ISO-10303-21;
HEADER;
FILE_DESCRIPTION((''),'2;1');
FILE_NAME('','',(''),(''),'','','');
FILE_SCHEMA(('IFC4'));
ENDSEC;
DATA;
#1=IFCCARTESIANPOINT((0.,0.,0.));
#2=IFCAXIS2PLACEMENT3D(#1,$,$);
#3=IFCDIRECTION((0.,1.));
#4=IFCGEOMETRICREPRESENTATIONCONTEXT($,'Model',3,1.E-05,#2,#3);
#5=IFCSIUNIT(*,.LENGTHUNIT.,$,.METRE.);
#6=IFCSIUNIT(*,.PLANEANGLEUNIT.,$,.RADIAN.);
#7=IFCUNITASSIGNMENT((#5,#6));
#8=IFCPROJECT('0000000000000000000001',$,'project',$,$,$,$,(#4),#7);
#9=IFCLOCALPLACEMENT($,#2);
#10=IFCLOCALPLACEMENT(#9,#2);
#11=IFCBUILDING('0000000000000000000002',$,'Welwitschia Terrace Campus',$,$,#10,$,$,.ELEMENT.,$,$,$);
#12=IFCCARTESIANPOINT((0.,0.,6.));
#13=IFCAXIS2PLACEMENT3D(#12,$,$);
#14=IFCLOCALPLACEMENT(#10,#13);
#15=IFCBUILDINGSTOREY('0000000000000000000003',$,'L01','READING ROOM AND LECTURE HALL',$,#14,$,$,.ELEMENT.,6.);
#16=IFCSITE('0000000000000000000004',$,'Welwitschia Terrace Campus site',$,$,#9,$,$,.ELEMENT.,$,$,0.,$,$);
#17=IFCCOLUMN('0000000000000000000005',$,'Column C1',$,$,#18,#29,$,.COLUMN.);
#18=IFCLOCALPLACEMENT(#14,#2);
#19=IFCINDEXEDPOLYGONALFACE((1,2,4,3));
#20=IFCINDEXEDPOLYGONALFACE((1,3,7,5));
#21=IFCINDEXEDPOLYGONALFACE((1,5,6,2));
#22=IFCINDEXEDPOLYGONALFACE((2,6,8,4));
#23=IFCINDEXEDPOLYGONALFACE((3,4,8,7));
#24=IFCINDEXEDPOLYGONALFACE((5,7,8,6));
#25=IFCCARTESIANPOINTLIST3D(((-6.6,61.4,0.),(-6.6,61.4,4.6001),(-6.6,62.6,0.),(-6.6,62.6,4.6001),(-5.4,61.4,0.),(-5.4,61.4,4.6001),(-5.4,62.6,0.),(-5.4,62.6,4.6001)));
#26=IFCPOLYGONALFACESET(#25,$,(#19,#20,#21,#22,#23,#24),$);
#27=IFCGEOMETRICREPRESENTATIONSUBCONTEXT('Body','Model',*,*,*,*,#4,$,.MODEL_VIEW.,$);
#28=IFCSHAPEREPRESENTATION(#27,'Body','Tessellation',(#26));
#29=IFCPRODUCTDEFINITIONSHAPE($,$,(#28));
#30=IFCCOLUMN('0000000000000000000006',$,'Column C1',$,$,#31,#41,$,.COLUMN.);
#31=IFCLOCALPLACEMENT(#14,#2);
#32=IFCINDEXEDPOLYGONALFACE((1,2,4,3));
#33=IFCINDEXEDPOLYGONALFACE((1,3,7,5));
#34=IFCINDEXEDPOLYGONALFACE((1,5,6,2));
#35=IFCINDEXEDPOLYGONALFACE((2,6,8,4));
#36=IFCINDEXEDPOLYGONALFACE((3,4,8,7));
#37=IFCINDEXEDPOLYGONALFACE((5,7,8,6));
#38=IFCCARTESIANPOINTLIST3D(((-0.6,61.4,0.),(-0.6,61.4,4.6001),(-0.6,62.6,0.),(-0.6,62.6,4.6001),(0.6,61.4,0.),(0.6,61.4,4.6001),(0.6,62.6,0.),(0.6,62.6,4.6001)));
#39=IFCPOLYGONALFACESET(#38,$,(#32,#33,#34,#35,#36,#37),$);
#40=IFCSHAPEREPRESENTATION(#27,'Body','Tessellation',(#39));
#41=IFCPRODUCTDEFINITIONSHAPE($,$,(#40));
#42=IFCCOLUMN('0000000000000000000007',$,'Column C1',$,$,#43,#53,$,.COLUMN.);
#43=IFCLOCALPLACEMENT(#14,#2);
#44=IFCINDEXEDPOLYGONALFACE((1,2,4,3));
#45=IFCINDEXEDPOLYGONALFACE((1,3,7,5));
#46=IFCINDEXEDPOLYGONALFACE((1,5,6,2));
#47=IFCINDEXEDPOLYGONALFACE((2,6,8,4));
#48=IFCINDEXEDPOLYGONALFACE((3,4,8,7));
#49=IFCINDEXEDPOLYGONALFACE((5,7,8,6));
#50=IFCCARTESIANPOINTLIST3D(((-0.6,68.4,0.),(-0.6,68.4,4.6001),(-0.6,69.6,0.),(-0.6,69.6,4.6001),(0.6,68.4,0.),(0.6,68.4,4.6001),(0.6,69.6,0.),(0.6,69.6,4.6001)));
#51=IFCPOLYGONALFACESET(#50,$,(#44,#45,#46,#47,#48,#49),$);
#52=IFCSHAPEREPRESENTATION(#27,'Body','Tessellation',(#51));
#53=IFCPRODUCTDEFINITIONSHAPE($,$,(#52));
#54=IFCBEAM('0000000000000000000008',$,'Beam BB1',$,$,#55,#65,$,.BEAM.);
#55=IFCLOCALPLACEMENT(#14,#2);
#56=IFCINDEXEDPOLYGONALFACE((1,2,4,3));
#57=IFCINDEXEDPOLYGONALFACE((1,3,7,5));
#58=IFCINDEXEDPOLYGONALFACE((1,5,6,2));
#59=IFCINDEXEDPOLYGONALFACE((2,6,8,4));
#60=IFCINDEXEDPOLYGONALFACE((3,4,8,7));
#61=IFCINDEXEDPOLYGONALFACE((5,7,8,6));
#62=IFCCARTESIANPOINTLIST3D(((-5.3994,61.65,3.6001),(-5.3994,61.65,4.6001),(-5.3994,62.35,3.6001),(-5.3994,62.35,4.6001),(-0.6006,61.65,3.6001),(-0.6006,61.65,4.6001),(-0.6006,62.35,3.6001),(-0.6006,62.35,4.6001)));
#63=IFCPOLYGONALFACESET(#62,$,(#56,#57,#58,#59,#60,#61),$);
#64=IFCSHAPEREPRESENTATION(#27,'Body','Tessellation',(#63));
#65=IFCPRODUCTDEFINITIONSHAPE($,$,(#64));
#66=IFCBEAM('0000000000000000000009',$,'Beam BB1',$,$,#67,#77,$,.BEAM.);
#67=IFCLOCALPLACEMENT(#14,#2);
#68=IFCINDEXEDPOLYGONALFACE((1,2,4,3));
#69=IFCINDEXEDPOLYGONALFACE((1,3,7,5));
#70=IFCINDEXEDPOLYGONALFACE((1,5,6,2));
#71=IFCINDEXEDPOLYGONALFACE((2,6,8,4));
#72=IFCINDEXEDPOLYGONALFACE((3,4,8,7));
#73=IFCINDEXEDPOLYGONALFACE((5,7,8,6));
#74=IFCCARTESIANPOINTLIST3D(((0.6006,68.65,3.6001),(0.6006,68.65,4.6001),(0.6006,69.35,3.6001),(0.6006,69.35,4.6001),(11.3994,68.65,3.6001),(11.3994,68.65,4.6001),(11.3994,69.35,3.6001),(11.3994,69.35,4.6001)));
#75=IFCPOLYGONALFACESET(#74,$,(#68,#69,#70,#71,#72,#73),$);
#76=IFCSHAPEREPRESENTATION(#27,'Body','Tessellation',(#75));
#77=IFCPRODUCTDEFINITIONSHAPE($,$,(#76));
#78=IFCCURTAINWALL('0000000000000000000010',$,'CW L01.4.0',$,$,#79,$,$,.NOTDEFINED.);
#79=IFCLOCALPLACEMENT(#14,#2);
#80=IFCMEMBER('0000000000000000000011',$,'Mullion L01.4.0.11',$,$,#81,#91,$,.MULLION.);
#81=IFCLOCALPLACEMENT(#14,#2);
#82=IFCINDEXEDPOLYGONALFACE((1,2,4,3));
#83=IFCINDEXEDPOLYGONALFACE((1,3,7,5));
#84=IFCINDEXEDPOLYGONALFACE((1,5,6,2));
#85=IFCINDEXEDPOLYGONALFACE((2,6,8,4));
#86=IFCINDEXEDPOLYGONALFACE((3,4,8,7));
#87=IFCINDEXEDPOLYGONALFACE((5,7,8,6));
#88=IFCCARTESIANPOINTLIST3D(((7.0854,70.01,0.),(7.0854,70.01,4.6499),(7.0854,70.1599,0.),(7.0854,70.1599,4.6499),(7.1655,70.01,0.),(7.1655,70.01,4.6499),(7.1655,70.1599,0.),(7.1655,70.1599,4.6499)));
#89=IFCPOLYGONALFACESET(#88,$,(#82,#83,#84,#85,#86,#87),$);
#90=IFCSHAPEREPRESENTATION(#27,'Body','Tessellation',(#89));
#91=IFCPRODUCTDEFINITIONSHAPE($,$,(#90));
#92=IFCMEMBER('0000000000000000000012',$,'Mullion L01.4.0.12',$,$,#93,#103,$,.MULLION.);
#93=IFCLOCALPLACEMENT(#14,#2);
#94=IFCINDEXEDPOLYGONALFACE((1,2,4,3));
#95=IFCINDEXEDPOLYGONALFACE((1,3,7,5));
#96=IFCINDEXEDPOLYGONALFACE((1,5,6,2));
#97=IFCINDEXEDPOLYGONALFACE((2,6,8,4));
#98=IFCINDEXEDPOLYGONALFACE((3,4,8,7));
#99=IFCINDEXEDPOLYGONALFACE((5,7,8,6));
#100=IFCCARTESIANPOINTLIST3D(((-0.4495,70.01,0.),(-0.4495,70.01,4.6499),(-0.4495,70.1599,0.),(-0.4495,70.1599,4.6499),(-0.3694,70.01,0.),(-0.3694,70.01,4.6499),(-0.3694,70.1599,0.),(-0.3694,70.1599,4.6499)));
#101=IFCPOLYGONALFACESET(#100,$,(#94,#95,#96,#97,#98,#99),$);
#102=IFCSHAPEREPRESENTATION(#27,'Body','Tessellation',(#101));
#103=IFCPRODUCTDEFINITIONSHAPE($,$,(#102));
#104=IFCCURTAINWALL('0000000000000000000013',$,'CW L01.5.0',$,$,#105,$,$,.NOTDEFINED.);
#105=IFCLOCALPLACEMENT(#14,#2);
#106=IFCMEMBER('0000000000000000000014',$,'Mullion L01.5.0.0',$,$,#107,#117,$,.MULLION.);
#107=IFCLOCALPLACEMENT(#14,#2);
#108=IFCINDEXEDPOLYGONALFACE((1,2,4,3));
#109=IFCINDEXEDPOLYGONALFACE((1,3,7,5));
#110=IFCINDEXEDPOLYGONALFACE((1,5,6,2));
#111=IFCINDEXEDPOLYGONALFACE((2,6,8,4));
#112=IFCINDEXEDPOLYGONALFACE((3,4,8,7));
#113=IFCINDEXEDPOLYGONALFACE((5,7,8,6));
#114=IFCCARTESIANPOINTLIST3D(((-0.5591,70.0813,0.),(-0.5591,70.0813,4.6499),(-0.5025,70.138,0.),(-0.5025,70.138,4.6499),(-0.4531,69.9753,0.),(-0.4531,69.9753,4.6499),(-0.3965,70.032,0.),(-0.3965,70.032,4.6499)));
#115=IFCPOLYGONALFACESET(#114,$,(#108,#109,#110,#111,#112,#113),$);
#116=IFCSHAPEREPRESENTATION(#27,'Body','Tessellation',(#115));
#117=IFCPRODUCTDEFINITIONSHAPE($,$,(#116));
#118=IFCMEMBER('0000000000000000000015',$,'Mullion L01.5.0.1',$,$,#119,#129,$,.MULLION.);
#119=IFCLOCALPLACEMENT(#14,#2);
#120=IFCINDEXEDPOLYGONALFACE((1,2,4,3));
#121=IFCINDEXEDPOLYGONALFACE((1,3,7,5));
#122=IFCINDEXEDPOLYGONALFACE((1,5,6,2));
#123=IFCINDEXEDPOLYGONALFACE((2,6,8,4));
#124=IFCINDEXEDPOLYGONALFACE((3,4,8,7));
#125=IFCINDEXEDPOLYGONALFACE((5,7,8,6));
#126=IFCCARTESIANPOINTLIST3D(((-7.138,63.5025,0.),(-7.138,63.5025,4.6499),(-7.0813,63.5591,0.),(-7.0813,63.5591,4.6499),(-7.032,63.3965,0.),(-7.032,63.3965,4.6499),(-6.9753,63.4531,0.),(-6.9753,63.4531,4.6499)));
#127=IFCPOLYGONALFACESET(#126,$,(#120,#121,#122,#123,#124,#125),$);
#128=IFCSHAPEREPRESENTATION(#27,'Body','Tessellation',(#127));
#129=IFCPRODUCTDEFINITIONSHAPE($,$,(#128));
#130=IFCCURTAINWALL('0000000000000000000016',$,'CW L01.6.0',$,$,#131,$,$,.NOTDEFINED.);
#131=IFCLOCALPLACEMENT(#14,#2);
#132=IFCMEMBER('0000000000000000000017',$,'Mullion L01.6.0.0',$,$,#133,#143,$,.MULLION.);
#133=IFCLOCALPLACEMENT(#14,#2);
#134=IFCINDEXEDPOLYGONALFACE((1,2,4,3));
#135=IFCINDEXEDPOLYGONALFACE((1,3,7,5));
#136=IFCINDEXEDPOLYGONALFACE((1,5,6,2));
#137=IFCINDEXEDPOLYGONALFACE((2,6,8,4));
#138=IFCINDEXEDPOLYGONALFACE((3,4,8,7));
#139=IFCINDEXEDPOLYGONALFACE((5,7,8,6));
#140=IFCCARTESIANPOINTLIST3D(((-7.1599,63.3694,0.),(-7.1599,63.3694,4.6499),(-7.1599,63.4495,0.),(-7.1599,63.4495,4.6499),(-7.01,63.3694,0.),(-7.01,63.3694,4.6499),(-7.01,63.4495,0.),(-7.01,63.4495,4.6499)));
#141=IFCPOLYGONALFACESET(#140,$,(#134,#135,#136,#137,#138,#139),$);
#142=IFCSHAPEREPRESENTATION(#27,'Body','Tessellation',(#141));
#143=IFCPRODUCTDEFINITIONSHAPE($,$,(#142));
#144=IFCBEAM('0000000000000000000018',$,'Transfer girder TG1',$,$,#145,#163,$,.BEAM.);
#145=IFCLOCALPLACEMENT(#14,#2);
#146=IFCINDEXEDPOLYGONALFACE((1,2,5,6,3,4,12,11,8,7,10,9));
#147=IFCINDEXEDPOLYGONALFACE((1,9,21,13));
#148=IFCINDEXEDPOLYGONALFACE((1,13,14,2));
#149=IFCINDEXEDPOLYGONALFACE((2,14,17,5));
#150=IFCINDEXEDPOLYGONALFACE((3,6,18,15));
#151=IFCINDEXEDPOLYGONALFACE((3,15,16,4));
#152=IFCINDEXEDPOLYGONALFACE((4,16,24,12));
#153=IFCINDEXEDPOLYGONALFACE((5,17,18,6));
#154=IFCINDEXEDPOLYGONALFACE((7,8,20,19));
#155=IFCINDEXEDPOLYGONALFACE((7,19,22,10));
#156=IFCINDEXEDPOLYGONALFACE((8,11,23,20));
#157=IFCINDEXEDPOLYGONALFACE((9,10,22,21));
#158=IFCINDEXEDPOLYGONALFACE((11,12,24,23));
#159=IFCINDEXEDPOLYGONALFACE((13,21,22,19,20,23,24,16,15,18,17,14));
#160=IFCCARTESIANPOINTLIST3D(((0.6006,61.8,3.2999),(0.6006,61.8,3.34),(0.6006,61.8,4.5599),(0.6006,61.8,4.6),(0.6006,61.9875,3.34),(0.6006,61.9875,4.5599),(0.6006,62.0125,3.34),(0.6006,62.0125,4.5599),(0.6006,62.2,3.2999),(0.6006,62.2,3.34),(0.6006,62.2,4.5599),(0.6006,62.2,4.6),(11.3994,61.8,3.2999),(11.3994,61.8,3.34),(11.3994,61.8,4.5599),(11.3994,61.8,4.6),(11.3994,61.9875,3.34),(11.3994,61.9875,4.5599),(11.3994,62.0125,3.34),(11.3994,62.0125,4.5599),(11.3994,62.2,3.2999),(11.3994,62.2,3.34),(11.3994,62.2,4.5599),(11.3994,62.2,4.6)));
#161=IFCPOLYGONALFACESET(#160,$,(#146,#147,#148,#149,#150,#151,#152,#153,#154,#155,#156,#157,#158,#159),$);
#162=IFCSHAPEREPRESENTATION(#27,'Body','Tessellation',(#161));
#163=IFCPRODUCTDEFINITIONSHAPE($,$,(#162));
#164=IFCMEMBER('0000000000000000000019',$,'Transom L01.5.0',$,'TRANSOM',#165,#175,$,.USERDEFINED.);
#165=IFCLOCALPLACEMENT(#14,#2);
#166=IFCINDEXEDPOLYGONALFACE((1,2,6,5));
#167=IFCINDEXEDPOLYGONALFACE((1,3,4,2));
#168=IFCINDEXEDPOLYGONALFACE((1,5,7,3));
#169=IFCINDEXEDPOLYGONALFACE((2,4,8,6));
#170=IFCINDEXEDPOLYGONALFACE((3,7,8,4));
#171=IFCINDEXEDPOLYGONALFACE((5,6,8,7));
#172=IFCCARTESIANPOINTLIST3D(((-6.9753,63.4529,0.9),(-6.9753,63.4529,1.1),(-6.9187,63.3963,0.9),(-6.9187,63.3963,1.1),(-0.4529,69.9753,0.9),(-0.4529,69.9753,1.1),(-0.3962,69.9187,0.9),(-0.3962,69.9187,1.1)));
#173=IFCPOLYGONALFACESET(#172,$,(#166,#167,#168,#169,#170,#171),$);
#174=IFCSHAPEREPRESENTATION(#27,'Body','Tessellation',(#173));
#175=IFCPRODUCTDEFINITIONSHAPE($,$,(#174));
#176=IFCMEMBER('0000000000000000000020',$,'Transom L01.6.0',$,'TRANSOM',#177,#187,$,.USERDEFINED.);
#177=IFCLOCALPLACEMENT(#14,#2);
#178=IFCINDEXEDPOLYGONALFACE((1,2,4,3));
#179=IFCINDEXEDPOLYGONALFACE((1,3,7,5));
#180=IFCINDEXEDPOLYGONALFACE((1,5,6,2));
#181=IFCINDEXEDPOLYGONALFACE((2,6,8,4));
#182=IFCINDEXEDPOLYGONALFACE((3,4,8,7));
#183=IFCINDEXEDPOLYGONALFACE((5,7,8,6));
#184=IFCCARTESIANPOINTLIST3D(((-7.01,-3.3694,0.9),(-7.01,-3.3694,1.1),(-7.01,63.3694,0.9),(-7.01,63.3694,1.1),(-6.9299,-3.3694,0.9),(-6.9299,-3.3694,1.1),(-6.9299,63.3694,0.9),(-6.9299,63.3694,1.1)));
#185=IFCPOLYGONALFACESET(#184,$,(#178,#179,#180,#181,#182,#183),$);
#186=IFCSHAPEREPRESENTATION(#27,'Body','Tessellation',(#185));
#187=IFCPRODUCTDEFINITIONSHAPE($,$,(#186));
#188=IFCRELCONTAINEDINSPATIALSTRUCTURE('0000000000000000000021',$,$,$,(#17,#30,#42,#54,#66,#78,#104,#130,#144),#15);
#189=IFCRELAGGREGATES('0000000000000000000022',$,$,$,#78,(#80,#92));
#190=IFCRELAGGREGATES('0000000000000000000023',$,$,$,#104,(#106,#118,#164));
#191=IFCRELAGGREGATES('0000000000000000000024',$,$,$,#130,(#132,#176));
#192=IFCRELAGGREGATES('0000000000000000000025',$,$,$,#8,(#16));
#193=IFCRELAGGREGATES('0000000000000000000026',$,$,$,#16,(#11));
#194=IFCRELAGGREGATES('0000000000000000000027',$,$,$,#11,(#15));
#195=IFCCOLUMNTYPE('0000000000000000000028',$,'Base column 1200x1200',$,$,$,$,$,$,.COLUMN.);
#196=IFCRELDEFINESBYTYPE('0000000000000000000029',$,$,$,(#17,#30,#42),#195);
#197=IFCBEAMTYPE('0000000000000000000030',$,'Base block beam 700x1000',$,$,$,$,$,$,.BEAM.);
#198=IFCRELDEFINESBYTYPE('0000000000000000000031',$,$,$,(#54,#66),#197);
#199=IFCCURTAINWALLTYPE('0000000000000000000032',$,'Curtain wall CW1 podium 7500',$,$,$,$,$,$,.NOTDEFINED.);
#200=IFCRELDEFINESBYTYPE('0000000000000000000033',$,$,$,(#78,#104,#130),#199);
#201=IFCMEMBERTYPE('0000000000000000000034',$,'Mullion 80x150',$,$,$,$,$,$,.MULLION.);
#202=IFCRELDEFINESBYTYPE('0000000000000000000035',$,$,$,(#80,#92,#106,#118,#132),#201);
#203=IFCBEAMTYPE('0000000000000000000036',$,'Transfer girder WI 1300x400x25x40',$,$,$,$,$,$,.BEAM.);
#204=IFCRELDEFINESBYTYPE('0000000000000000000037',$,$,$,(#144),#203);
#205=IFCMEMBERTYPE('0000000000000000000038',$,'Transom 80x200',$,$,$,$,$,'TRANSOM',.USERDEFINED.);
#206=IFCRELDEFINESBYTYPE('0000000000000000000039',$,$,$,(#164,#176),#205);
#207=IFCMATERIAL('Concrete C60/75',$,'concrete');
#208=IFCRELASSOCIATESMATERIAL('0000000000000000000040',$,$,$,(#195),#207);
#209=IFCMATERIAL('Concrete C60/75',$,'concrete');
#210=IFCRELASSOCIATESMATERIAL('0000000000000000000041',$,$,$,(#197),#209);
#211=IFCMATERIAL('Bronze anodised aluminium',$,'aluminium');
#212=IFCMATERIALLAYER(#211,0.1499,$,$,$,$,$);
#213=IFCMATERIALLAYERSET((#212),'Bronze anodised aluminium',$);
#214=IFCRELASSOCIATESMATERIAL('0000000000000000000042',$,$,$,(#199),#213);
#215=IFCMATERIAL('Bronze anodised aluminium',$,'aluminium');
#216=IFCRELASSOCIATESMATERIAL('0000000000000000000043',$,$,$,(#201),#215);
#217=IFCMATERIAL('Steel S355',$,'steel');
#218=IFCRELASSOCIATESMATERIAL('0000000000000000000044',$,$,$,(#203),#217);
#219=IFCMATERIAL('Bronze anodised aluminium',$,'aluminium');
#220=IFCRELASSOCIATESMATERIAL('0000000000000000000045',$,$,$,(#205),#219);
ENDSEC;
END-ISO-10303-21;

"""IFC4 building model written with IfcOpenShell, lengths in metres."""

from ifc_helpers import new_model, si_unit, direction, frame, origin, origin_2d, place, context, subcontext, project, spatial, rectangle, i_section, extrude, material, layer, layer_set, material_profile, profile_set, type_object, element, aggregate, save


model = new_model("IFC4")

# Units and contexts
model_context = context("Model", 3, precision=1e-05, world=origin(), true_north=direction((0.0, 1.0)))
body_context = subcontext(model_context, "Body", "Model", "MODEL_VIEW")
ifc_project = project(units=[si_unit("LENGTHUNIT", "METRE"), si_unit("PLANEANGLEUNIT", "RADIAN")], contexts=[model_context])

# Site, building, storey
site_placement = place(None, origin())
site = spatial("IfcSite", under=ifc_project, at=site_placement, Name="Welwitschia Terrace Campus site", CompositionType="ELEMENT", RefElevation=0.0)
building_placement = place(site_placement, origin())
building = spatial("IfcBuilding", under=site, at=building_placement, Name="Welwitschia Terrace Campus", CompositionType="ELEMENT")
storey_placement = place(building_placement, frame((0.0, 0.0, 6.0)))
storey = spatial("IfcBuildingStorey", under=building, at=storey_placement, Name="L01", Description="READING ROOM AND LECTURE HALL", CompositionType="ELEMENT", Elevation=6.0)

# Columns
ifc_material_1 = material(Name="Concrete C60/75", Category="concrete")
ifc_material_profile_1 = material_profile(ifc_material_1, rectangle(XDim=1.2, YDim=1.2, at=origin_2d()))
ifc_profile_set_1 = profile_set([ifc_material_profile_1], Name="Concrete C60/75")
column_type = type_object("IfcColumnType", Name="Base column 1200x1200", PredefinedType="COLUMN", material=ifc_profile_set_1)
for number, where, z_axis, x_axis, name in (
    (1, (-6.0, 62.0, 0.0), (0.0, 0.0, 1.0), (1.0, 0.0, 0.0), "Column C1"),
    (2, (0.0, 62.0, 0.0), (0.0, 0.0, 1.0), (1.0, 0.0, 0.0), "Column C1"),
    (3, (0.0, 69.0, 0.0), (0.0, 0.0, 1.0), (1.0, 0.0, 0.0), "Column C1"),
):
    element("IfcColumn", number, at=place(storey_placement, frame(where, z_axis=z_axis, x_axis=x_axis)), inside=storey, type_object=column_type, Name=name, PredefinedType="COLUMN", context=body_context, shape_type="SweptSolid", body=[
        extrude(rectangle(XDim=1.2, YDim=1.2, at=origin_2d()), origin(), (0.0, 0.0, 1.0), 4.6001),
    ])

# Beams
ifc_material_2 = material(Name="Concrete C60/75", Category="concrete")
ifc_material_profile_2 = material_profile(ifc_material_2, rectangle(XDim=0.7, YDim=1.0, at=origin_2d()))
ifc_profile_set_2 = profile_set([ifc_material_profile_2], Name="Concrete C60/75")
beam_type_1 = type_object("IfcBeamType", Name="Base block beam 700x1000", PredefinedType="BEAM", material=ifc_profile_set_2)
beam_1_placement = place(storey_placement, frame((-5.3994, 62.0, 4.1001), z_axis=(1.0, 0.0, 0.0), x_axis=(0.0, 1.0, 0.0)))
element("IfcBeam", 4, at=beam_1_placement, inside=storey, type_object=beam_type_1, Name="Beam BB1", PredefinedType="BEAM", context=body_context, shape_type="SweptSolid", body=[
    extrude(rectangle(XDim=0.7, YDim=1.0, at=origin_2d()), origin(), (0.0, 0.0, 1.0), 4.7988),
])
beam_2_placement = place(storey_placement, frame((0.6006, 69.0, 4.1001), z_axis=(1.0, 0.0, 0.0), x_axis=(0.0, 1.0, 0.0)))
element("IfcBeam", 5, at=beam_2_placement, inside=storey, type_object=beam_type_1, Name="Beam BB1", PredefinedType="BEAM", context=body_context, shape_type="SweptSolid", body=[
    extrude(rectangle(XDim=0.7, YDim=1.0, at=origin_2d()), origin(), (0.0, 0.0, 1.0), 10.7988),
])

# Curtain walls, members
ifc_material_3 = material(Name="Bronze anodised aluminium", Category="aluminium")
ifc_layer_1 = layer(ifc_material_3, 0.1499)
ifc_layer_set_1 = layer_set([ifc_layer_1], Name="Bronze anodised aluminium")
curtain_wall_type = type_object("IfcCurtainWallType", Name="Curtain wall CW1 podium 7500", PredefinedType="NOTDEFINED", material=ifc_layer_set_1)
curtain_wall_1_placement = place(storey_placement, origin())
curtain_wall_1 = element("IfcCurtainWall", 6, at=curtain_wall_1_placement, inside=storey, type_object=curtain_wall_type, Name="CW L01.4.0", PredefinedType="NOTDEFINED")
ifc_material_4 = material(Name="Bronze anodised aluminium", Category="aluminium")
ifc_material_profile_3 = material_profile(ifc_material_4, rectangle(XDim=0.1499, YDim=0.0801, at=origin_2d()))
ifc_profile_set_3 = profile_set([ifc_material_profile_3], Name="Bronze anodised aluminium")
member_type_1 = type_object("IfcMemberType", Name="Mullion 80x150", PredefinedType="MULLION", material=ifc_profile_set_3)
member_1_placement = place(storey_placement, frame((7.1255, 70.085, 0.0), z_axis=(0.0, 0.0, 1.0), x_axis=(0.0, -1.0, 0.0)))
member_1 = element("IfcMember", 7, at=member_1_placement, type_object=member_type_1, Name="Mullion L01.4.0.11", PredefinedType="MULLION", context=body_context, shape_type="SweptSolid", body=[
    extrude(rectangle(XDim=0.1499, YDim=0.0801, at=origin_2d()), origin(), (0.0, 0.0, 1.0), 4.6499),
])
member_2_placement = place(storey_placement, frame((-0.4094, 70.085, 0.0), z_axis=(0.0, 0.0, 1.0), x_axis=(0.0, -1.0, 0.0)))
member_2 = element("IfcMember", 8, at=member_2_placement, type_object=member_type_1, Name="Mullion L01.4.0.12", PredefinedType="MULLION", context=body_context, shape_type="SweptSolid", body=[
    extrude(rectangle(XDim=0.1499, YDim=0.0801, at=origin_2d()), origin(), (0.0, 0.0, 1.0), 4.6499),
])
curtain_wall_2_placement = place(storey_placement, origin())
curtain_wall_2 = element("IfcCurtainWall", 9, at=curtain_wall_2_placement, inside=storey, type_object=curtain_wall_type, Name="CW L01.5.0", PredefinedType="NOTDEFINED")
member_3_placement = place(storey_placement, frame((-0.4778, 70.0566, 0.0), z_axis=(0.0, 0.0, 1.0), x_axis=(0.707107, -0.707107, 0.0)))
member_3 = element("IfcMember", 10, at=member_3_placement, type_object=member_type_1, Name="Mullion L01.5.0.0", PredefinedType="MULLION", context=body_context, shape_type="SweptSolid", body=[
    extrude(rectangle(XDim=0.1499, YDim=0.0801, at=origin_2d()), origin(), (0.0, 0.0, 1.0), 4.6499),
])
member_4_placement = place(storey_placement, frame((-7.0566, 63.4778, 0.0), z_axis=(0.0, 0.0, 1.0), x_axis=(0.707107, -0.707107, 0.0)))
member_4 = element("IfcMember", 11, at=member_4_placement, type_object=member_type_1, Name="Mullion L01.5.0.1", PredefinedType="MULLION", context=body_context, shape_type="SweptSolid", body=[
    extrude(rectangle(XDim=0.1499, YDim=0.0801, at=origin_2d()), origin(), (0.0, 0.0, 1.0), 4.6499),
])

# Curtain wall, member
curtain_wall_3_placement = place(storey_placement, origin())
curtain_wall_3 = element("IfcCurtainWall", 12, at=curtain_wall_3_placement, inside=storey, type_object=curtain_wall_type, Name="CW L01.6.0", PredefinedType="NOTDEFINED")
member_5_placement = place(storey_placement, frame((-7.085, 63.4094, 0.0), z_axis=(0.0, 0.0, 1.0), x_axis=(1.0, 0.0, 0.0)))
member_5 = element("IfcMember", 13, at=member_5_placement, type_object=member_type_1, Name="Mullion L01.6.0.0", PredefinedType="MULLION", context=body_context, shape_type="SweptSolid", body=[
    extrude(rectangle(XDim=0.1499, YDim=0.0801, at=origin_2d()), origin(), (0.0, 0.0, 1.0), 4.6499),
])

# Beam
ifc_material_5 = material(Name="Steel S355", Category="steel")
ifc_material_profile_4 = material_profile(ifc_material_5, i_section(OverallWidth=0.3999, OverallDepth=1.3, WebThickness=0.0249, FlangeThickness=0.04, at=origin_2d()))
ifc_profile_set_4 = profile_set([ifc_material_profile_4], Name="Steel S355")
beam_type_2 = type_object("IfcBeamType", Name="Transfer girder WI 1300x400x25x40", PredefinedType="BEAM", material=ifc_profile_set_4)
beam_3_placement = place(storey_placement, frame((0.6006, 62.0, 3.95), z_axis=(1.0, 0.0, 0.0), x_axis=(0.0, 1.0, 0.0)))
element("IfcBeam", 14, at=beam_3_placement, inside=storey, type_object=beam_type_2, Name="Transfer girder TG1", PredefinedType="BEAM", context=body_context, shape_type="SweptSolid", body=[
    extrude(i_section(OverallWidth=0.3999, OverallDepth=1.3, WebThickness=0.0249, FlangeThickness=0.04, at=origin_2d()), origin(), (0.0, 0.0, 1.0), 10.7988),
])

# Members
ifc_material_6 = material(Name="Bronze anodised aluminium", Category="aluminium")
ifc_material_profile_5 = material_profile(ifc_material_6, rectangle(XDim=0.0801, YDim=0.2, at=origin_2d()))
ifc_profile_set_5 = profile_set([ifc_material_profile_5], Name="Bronze anodised aluminium")
member_type_2 = type_object("IfcMemberType", Name="Transom 80x200", ElementType="TRANSOM", PredefinedType="USERDEFINED", material=ifc_profile_set_5)
member_6_placement = place(storey_placement, frame((-0.4246, 69.947, 1.0), z_axis=(-0.707107, -0.707107, 0.0), x_axis=(0.707107, -0.707107, 0.0)))
member_6 = element("IfcMember", 15, at=member_6_placement, type_object=member_type_2, Name="Transom L01.5.0", ObjectType="TRANSOM", PredefinedType="USERDEFINED", context=body_context, shape_type="SweptSolid", body=[
    extrude(rectangle(XDim=0.0801, YDim=0.2, at=origin_2d()), origin(), (0.0, 0.0, 1.0), 9.2241),
])
member_7_placement = place(storey_placement, frame((-6.97, 63.3694, 1.0), z_axis=(0.0, -1.0, 0.0), x_axis=(1.0, 0.0, 0.0)))
member_7 = element("IfcMember", 16, at=member_7_placement, type_object=member_type_2, Name="Transom L01.6.0", ObjectType="TRANSOM", PredefinedType="USERDEFINED", context=body_context, shape_type="SweptSolid", body=[
    extrude(rectangle(XDim=0.0801, YDim=0.2, at=origin_2d()), origin(), (0.0, 0.0, 1.0), 66.7388),
])

aggregate(curtain_wall_1, [member_1, member_2])
aggregate(curtain_wall_2, [member_3, member_4, member_6])
aggregate(curtain_wall_3, [member_5, member_7])

save(model, "model.ifc")
